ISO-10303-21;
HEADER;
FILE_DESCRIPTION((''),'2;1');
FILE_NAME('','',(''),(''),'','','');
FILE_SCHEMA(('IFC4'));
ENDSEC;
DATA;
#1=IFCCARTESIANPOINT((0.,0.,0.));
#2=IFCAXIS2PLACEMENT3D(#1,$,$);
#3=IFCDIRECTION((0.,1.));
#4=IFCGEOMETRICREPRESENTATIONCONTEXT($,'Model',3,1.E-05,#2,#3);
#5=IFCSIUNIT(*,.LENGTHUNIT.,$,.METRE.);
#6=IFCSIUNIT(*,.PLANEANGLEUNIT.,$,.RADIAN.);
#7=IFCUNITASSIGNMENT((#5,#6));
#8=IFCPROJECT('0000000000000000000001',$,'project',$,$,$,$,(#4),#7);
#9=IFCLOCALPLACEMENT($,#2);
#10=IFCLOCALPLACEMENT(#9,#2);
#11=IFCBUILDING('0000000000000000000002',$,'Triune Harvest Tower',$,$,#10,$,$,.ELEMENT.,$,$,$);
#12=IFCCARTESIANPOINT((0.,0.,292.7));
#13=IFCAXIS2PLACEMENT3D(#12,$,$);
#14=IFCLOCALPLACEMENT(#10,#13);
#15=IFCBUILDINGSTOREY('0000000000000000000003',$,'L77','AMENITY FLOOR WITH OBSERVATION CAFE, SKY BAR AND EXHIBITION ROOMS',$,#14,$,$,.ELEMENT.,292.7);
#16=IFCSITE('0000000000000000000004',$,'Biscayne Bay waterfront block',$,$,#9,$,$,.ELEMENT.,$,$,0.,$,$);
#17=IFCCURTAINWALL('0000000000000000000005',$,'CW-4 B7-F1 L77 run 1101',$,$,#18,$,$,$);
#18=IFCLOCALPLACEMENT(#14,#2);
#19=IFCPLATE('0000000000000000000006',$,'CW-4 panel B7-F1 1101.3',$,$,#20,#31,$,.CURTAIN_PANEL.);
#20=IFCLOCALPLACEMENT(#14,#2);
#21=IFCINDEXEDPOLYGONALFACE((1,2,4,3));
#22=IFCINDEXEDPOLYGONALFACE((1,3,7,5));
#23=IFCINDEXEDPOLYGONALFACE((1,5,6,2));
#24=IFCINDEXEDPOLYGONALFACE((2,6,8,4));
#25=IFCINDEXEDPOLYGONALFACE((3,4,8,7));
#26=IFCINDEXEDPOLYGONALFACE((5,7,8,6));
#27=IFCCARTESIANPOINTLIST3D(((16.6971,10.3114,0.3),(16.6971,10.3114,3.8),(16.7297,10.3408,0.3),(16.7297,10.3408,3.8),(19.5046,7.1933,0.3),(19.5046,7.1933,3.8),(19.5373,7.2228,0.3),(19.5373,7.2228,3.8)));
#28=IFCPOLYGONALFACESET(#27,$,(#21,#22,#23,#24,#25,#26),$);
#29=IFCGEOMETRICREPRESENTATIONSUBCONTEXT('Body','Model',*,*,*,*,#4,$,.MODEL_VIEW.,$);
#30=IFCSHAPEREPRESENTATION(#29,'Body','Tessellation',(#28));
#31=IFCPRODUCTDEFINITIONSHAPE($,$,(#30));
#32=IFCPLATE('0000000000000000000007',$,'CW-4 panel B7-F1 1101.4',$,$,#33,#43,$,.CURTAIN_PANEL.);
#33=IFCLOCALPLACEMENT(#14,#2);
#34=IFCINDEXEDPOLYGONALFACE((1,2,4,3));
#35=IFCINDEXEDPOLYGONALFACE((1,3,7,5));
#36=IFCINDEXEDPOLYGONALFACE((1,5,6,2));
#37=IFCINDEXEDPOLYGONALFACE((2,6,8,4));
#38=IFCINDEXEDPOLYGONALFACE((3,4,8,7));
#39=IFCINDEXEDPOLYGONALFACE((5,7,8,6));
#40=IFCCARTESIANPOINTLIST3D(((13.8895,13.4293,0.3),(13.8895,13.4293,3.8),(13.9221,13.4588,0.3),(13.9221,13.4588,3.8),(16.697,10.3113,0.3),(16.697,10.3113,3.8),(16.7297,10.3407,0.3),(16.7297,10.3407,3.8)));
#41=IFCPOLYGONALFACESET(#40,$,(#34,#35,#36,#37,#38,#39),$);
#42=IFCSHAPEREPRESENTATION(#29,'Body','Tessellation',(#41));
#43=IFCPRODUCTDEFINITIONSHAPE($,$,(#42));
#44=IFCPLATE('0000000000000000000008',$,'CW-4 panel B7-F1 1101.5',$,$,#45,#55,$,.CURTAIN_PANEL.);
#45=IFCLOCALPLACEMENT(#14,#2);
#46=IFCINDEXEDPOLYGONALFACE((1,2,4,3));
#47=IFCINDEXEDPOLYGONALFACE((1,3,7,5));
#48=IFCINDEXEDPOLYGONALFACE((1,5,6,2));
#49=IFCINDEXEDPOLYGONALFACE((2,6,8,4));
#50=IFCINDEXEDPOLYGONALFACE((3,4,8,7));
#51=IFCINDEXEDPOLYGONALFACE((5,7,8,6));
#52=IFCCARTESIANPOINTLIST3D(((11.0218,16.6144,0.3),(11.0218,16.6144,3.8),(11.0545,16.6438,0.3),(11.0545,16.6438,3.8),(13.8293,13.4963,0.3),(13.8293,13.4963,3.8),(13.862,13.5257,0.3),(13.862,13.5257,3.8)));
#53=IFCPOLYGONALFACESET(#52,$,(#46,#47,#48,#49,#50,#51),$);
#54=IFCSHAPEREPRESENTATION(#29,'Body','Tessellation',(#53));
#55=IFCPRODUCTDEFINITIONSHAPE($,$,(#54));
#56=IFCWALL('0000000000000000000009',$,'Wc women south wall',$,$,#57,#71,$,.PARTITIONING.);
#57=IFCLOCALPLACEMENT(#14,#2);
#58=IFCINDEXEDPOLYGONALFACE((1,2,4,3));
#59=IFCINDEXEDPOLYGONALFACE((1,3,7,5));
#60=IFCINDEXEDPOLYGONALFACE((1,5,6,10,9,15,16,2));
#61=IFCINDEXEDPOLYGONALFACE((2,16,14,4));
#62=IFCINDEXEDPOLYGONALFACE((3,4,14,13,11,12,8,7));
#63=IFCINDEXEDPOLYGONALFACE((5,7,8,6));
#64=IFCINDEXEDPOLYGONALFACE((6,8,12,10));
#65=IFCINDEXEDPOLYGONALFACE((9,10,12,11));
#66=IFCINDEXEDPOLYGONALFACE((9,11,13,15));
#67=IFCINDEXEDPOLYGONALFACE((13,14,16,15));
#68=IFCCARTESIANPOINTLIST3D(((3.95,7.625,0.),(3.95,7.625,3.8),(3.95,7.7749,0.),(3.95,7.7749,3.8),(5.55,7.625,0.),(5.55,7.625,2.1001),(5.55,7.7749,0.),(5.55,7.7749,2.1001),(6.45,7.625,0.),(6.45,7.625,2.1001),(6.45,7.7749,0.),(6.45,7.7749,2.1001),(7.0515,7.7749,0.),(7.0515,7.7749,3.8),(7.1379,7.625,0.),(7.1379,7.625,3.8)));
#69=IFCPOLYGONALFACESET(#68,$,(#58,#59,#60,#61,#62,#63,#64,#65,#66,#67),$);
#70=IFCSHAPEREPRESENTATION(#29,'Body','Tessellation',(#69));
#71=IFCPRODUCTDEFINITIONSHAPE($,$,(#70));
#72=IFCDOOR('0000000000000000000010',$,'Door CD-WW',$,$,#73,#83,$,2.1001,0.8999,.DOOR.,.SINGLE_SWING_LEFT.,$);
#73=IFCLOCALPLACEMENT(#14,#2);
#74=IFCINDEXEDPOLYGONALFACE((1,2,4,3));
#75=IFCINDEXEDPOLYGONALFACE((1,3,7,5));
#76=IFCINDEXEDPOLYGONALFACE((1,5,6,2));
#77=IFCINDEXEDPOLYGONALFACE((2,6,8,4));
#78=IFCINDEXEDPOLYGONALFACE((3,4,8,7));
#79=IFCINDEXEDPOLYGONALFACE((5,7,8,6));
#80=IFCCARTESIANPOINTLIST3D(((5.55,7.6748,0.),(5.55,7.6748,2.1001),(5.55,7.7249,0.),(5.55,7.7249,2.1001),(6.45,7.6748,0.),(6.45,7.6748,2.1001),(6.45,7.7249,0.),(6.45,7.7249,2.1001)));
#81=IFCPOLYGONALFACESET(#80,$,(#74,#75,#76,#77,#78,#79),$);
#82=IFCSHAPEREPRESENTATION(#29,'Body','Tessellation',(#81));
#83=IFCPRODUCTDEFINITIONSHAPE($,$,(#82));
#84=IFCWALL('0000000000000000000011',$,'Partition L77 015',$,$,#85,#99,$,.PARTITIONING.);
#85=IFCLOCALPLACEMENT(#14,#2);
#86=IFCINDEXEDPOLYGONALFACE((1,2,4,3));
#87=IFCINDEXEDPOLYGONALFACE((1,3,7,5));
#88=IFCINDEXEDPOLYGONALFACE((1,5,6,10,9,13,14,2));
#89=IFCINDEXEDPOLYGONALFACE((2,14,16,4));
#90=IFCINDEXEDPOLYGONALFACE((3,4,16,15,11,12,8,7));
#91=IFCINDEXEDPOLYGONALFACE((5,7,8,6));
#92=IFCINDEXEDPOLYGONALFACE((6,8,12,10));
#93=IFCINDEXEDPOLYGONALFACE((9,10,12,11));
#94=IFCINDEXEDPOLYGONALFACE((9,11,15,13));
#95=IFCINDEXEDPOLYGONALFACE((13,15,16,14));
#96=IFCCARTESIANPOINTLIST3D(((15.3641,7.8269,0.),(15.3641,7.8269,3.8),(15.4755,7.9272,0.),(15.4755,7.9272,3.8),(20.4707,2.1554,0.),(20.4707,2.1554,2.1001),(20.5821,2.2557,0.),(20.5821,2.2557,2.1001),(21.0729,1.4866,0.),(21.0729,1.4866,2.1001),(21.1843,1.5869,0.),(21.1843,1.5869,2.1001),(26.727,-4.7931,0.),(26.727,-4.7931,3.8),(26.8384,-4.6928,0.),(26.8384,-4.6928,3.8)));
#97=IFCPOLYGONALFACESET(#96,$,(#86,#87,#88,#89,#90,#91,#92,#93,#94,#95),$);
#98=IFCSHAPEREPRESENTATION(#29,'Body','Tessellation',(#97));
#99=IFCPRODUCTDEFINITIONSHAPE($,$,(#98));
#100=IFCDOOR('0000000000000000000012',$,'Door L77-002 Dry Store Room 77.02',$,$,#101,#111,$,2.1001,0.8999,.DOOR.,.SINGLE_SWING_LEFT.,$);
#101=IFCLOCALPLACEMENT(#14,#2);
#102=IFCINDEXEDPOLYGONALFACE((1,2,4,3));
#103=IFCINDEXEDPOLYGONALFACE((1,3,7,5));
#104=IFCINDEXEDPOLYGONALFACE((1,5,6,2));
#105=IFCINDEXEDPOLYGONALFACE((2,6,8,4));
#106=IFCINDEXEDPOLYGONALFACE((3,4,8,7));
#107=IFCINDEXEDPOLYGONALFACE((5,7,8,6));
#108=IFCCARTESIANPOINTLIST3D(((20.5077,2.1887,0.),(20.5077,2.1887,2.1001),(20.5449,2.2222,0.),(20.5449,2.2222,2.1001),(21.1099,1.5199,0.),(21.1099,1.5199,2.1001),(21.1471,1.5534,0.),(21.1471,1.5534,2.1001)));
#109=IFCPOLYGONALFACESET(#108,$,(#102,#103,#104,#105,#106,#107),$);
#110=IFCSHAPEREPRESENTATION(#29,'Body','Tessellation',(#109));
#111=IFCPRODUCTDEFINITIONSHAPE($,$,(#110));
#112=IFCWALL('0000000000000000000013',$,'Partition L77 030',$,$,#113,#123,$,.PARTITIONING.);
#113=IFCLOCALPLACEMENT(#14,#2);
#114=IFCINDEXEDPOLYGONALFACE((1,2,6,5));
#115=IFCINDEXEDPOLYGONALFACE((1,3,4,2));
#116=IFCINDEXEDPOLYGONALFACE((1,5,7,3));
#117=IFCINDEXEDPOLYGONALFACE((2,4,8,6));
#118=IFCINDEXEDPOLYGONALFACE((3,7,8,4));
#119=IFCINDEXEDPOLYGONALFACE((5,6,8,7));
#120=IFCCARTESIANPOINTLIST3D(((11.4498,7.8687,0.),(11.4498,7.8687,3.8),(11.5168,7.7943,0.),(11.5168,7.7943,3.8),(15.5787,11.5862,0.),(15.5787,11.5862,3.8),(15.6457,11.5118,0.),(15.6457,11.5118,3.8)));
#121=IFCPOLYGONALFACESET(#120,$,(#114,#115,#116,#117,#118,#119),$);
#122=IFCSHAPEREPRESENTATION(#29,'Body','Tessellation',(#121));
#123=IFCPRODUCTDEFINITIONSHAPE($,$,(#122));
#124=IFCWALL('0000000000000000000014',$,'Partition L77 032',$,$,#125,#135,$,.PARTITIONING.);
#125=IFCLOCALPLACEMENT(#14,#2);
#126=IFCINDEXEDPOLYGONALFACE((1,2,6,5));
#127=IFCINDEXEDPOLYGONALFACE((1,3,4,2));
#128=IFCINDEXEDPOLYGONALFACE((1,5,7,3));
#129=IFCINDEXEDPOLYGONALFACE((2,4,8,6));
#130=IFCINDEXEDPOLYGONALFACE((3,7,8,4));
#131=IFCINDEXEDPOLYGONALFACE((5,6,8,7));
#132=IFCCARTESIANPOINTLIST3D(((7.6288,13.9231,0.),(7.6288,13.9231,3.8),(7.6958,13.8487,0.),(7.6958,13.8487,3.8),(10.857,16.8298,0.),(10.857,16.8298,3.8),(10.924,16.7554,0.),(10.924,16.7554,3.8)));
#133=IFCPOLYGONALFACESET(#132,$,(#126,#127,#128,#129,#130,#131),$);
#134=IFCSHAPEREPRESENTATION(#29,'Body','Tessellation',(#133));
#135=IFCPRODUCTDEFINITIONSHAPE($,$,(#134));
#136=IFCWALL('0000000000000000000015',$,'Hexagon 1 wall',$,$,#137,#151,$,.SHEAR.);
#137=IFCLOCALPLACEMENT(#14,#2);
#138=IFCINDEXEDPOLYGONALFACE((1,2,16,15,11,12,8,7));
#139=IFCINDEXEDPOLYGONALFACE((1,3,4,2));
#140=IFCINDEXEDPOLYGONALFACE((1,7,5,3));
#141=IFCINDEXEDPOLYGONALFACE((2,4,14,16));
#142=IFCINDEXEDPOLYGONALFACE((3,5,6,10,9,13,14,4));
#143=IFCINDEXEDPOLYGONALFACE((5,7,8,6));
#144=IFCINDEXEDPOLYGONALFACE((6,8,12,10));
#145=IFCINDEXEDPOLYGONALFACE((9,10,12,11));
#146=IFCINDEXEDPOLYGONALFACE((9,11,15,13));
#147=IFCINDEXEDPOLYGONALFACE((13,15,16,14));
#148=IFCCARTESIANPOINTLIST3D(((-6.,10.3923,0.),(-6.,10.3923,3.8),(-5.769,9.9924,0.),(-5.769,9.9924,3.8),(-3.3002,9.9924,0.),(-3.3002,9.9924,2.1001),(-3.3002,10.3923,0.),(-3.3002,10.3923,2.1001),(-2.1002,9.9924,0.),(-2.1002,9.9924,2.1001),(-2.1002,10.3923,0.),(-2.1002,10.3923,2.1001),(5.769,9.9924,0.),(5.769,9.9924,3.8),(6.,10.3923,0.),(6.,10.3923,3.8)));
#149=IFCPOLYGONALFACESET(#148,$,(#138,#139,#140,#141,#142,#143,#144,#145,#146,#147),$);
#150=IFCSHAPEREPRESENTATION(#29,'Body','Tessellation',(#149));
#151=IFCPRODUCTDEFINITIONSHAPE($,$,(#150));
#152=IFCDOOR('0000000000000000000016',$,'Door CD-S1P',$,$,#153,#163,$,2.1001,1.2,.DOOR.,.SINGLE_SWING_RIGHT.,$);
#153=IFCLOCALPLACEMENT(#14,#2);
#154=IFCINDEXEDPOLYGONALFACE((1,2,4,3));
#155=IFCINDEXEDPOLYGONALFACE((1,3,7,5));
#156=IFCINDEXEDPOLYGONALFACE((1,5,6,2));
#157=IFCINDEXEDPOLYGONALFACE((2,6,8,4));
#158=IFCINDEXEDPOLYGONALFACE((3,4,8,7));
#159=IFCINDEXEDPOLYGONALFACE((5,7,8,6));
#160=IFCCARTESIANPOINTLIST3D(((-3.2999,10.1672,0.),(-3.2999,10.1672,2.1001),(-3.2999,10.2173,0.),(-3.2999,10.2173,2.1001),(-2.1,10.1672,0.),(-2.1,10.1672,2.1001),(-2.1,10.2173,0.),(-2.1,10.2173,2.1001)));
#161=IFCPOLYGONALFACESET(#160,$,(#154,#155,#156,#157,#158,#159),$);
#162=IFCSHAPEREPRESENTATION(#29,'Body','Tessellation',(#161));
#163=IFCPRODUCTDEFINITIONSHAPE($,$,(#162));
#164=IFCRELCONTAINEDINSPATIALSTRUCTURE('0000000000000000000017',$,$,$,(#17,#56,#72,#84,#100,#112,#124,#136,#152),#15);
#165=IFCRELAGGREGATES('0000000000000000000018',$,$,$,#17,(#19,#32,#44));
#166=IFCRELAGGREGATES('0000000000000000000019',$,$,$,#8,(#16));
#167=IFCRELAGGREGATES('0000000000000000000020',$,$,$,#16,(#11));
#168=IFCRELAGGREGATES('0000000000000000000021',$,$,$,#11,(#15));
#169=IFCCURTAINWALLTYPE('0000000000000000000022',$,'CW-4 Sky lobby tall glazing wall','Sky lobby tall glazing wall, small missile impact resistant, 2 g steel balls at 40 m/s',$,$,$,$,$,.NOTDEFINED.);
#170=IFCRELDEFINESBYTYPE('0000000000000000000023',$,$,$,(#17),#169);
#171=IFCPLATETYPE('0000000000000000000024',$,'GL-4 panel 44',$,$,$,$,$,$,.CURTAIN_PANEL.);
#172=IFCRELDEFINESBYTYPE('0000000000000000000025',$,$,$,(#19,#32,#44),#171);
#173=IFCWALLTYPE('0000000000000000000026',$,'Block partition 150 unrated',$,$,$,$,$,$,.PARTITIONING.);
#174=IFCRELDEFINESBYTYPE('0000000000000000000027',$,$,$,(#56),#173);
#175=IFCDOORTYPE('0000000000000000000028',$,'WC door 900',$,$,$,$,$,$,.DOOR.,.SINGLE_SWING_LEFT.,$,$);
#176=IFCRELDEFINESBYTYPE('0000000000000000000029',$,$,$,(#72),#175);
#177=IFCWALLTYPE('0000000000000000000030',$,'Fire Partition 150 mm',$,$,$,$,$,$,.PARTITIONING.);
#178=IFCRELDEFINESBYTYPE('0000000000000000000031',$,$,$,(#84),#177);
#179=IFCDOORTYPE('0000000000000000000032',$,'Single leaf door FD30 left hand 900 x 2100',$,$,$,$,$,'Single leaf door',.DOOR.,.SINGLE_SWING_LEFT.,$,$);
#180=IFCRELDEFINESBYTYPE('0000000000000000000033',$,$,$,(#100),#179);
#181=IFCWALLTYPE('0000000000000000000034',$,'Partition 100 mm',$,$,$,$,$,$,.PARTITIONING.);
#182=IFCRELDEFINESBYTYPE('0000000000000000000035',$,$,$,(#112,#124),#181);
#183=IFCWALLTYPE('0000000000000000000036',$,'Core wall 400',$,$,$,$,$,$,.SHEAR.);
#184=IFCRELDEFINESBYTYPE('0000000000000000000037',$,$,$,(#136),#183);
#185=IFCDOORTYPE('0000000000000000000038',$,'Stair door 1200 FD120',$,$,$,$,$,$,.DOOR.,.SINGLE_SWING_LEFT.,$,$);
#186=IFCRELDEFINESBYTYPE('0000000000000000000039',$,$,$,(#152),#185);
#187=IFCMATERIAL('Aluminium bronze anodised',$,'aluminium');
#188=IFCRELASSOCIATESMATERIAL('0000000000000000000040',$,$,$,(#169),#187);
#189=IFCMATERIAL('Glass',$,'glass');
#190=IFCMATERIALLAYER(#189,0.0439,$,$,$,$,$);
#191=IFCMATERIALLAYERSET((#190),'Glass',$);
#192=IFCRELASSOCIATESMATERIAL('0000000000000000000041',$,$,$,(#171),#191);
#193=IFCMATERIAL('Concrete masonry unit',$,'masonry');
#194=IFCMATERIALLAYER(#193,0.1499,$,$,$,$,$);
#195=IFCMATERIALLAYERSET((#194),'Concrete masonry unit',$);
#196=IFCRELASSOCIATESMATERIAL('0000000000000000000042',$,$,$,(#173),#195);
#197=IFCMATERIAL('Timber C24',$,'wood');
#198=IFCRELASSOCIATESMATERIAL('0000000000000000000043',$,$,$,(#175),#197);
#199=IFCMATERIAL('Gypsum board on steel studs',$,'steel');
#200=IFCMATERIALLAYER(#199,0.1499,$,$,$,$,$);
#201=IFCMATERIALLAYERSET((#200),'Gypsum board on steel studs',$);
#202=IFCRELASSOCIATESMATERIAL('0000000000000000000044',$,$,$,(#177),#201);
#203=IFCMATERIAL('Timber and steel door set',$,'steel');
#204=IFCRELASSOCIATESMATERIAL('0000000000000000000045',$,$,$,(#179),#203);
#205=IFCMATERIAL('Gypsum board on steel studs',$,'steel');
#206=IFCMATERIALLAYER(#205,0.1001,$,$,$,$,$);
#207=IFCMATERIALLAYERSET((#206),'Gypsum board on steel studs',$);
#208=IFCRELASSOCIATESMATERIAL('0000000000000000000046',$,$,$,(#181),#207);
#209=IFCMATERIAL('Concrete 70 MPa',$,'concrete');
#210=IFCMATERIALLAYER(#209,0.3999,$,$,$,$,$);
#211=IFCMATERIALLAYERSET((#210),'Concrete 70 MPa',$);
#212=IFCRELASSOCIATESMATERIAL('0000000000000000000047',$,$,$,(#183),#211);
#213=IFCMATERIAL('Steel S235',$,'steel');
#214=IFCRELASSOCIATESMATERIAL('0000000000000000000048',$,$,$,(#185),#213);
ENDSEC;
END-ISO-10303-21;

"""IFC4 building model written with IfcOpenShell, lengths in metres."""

from ifc_helpers import new_model, si_unit, direction, frame, frame_2d, origin, origin_2d, place, context, subcontext, project, spatial, polyline, rectangle, outline, extrude, source, transform, mapped, material, layer, layer_set, type_object, element, fill, aggregate, save


model = new_model("IFC4")

# Units and contexts
model_context = context("Model", 3, precision=1e-05, world=origin(), true_north=direction((0.0, 1.0)))
body_context = subcontext(model_context, "Body", "Model", "MODEL_VIEW")
ifc_project = project(units=[si_unit("LENGTHUNIT", "METRE"), si_unit("PLANEANGLEUNIT", "RADIAN")], contexts=[model_context])

# Site, building, storey
site_placement = place(None, origin())
site = spatial("IfcSite", under=ifc_project, at=site_placement, Name="Biscayne Bay waterfront block", CompositionType="ELEMENT", RefElevation=0.0)
building_placement = place(site_placement, origin())
building = spatial("IfcBuilding", under=site, at=building_placement, Name="Triune Harvest Tower", CompositionType="ELEMENT")
storey_placement = place(building_placement, frame((0.0, 0.0, 292.7)))
storey = spatial("IfcBuildingStorey", under=building, at=storey_placement, Name="L77", Description="AMENITY FLOOR WITH OBSERVATION CAFE, SKY BAR AND EXHIBITION ROOMS", CompositionType="ELEMENT", Elevation=292.7)

# Curtain wall, plates
ifc_material_1 = material(Name="Aluminium bronze anodised", Category="aluminium")
curtain_wall_type = type_object("IfcCurtainWallType", Name="CW-4 Sky lobby tall glazing wall", Description="Sky lobby tall glazing wall, small missile impact resistant, 2 g steel balls at 40 m/s", PredefinedType="NOTDEFINED", material=ifc_material_1)
curtain_wall_placement = place(storey_placement, origin())
curtain_wall = element("IfcCurtainWall", 1, at=curtain_wall_placement, inside=storey, type_object=curtain_wall_type, Name="CW-4 B7-F1 L77 run 1101")
ifc_material_2 = material(Name="Glass", Category="glass")
ifc_layer_1 = layer(ifc_material_2, 0.0439)
ifc_layer_set_1 = layer_set([ifc_layer_1], Name="Glass")
plate_type = type_object("IfcPlateType", Name="GL-4 panel 44", PredefinedType="CURTAIN_PANEL", material=ifc_layer_set_1)
shared_shape_1 = source(origin(), body_context, "Body", "SweptSolid", [
    extrude(rectangle(XDim=4.1958, YDim=0.0439, at=origin_2d()), origin(), (0.0, 0.0, 1.0), 3.5),
])
plate_1_placement = place(storey_placement, frame((18.1172, 8.7671, 0.3), z_axis=(0.0, 0.0, 1.0), x_axis=(-0.669132, 0.743143, 0.0)))
plate_1 = element("IfcPlate", 2, at=plate_1_placement, type_object=plate_type, Name="CW-4 panel B7-F1 1101.3", PredefinedType="CURTAIN_PANEL", context=body_context, shape_type="MappedRepresentation", body=[
    mapped(shared_shape_1, transform((0.0, 0.0, 0.0), scale=1.0)),
])
plate_2_placement = place(storey_placement, frame((15.3096, 11.885, 0.3), z_axis=(0.0, 0.0, 1.0), x_axis=(-0.669132, 0.743143, 0.0)))
plate_2 = element("IfcPlate", 3, at=plate_2_placement, type_object=plate_type, Name="CW-4 panel B7-F1 1101.4", PredefinedType="CURTAIN_PANEL", context=body_context, shape_type="MappedRepresentation", body=[
    mapped(shared_shape_1, transform((0.0, 0.0, 0.0), scale=1.0)),
])
plate_3_placement = place(storey_placement, frame((12.4419, 15.0701, 0.3), z_axis=(0.0, 0.0, 1.0), x_axis=(-0.669132, 0.743143, 0.0)))
plate_3 = element("IfcPlate", 4, at=plate_3_placement, type_object=plate_type, Name="CW-4 panel B7-F1 1101.5", PredefinedType="CURTAIN_PANEL", context=body_context, shape_type="MappedRepresentation", body=[
    mapped(shared_shape_1, transform((0.0, 0.0, 0.0), scale=1.0)),
])
aggregate(curtain_wall, [plate_1, plate_2, plate_3])

# Walls, openings, doors
ifc_material_3 = material(Name="Concrete masonry unit", Category="masonry")
ifc_layer_2 = layer(ifc_material_3, 0.1499)
ifc_layer_set_2 = layer_set([ifc_layer_2], Name="Concrete masonry unit")
wall_type_1 = type_object("IfcWallType", Name="Block partition 150 unrated", PredefinedType="PARTITIONING", material=ifc_layer_set_2)
wall_1_placement = place(storey_placement, frame((3.95, 7.7, 0.0), z_axis=(0.0, 0.0, 1.0), x_axis=(1.0, 0.0, 0.0)))
wall_1 = element("IfcWall", 5, at=wall_1_placement, inside=storey, type_object=wall_type_1, Name="Wc women south wall", PredefinedType="PARTITIONING", context=body_context, shape_type="SweptSolid", body=[
    extrude(outline(polyline([(0.0, -0.075), (0.0, 0.075), (3.1016, 0.075), (3.188, -0.075), (0.0, -0.075)])), origin(), (0.0, 0.0, 1.0), 3.8),
])
opening_1_placement = place(wall_1_placement, frame((1.6001, 0.0, 0.0)))
opening_1 = element("IfcOpeningElement", 6, at=opening_1_placement, cuts=wall_1, PredefinedType="OPENING", context=body_context, shape_type="SweptSolid", body=[
    extrude(rectangle(XDim=0.8999, YDim=2.1001, at=frame_2d((0.45, 1.05))), frame((0.0, 0.085, 0.0), z_axis=(0.0, -1.0, 0.0), x_axis=(1.0, 0.0, 0.0)), (0.0, 0.0, 1.0), 0.1699),
])
ifc_material_4 = material(Name="Timber C24", Category="wood")
door_type_1 = type_object("IfcDoorType", Name="WC door 900", OperationType="SINGLE_SWING_LEFT", PredefinedType="DOOR", material=ifc_material_4)
door_1_placement = place(opening_1_placement, origin())
door_1 = element("IfcDoor", 7, at=door_1_placement, inside=storey, type_object=door_type_1, Name="Door CD-WW", OperationType="SINGLE_SWING_LEFT", OverallHeight=2.1001, OverallWidth=0.8999, PredefinedType="DOOR", context=body_context, shape_type="SweptSolid", body=[
    extrude(rectangle(XDim=0.8999, YDim=2.1001, at=frame_2d((0.45, 1.05))), frame((0.0, 0.0249, 0.0), z_axis=(0.0, -1.0, 0.0), x_axis=(1.0, 0.0, 0.0)), (0.0, 0.0, 1.0), 0.05),
])
fill(opening_1, door_1)
ifc_material_5 = material(Name="Gypsum board on steel studs", Category="steel")
ifc_layer_3 = layer(ifc_material_5, 0.1499)
ifc_layer_set_3 = layer_set([ifc_layer_3], Name="Gypsum board on steel studs")
wall_type_2 = type_object("IfcWallType", Name="Fire Partition 150 mm", PredefinedType="PARTITIONING", material=ifc_layer_set_3)
wall_2_placement = place(storey_placement, frame((15.4199, 7.877, 0.0), z_axis=(0.0, 0.0, 1.0), x_axis=(0.669124, -0.74315, 0.0)))
wall_2 = element("IfcWall", 8, at=wall_2_placement, inside=storey, type_object=wall_type_2, Name="Partition L77 015", PredefinedType="PARTITIONING", context=body_context, shape_type="SweptSolid", body=[
    extrude(rectangle(XDim=16.9817, YDim=0.1499, at=frame_2d((8.4907, 0.0))), origin(), (0.0, 0.0, 1.0), 3.8),
])
opening_2_placement = place(wall_2_placement, frame((7.6316, 0.0, 0.0)))
opening_2 = element("IfcOpeningElement", 9, at=opening_2_placement, cuts=wall_2, PredefinedType="OPENING", context=body_context, shape_type="SweptSolid", body=[
    extrude(rectangle(XDim=0.8999, YDim=2.1001, at=frame_2d((0.45, 1.05))), frame((0.0, 0.085, 0.0), z_axis=(0.0, -1.0, 0.0), x_axis=(1.0, 0.0, 0.0)), (0.0, 0.0, 1.0), 0.1699),
])
ifc_material_6 = material(Name="Timber and steel door set", Category="steel")
door_type_2 = type_object("IfcDoorType", Name="Single leaf door FD30 left hand 900 x 2100", ElementType="Single leaf door", OperationType="SINGLE_SWING_LEFT", PredefinedType="DOOR", material=ifc_material_6)
door_2_placement = place(opening_2_placement, origin())
door_2 = element("IfcDoor", 10, at=door_2_placement, inside=storey, type_object=door_type_2, Name="Door L77-002 Dry Store Room 77.02", OperationType="SINGLE_SWING_LEFT", OverallHeight=2.1001, OverallWidth=0.8999, PredefinedType="DOOR", context=body_context, shape_type="SweptSolid", body=[
    extrude(rectangle(XDim=0.8999, YDim=2.1001, at=frame_2d((0.45, 1.05))), frame((0.0, 0.0249, 0.0), z_axis=(0.0, -1.0, 0.0), x_axis=(1.0, 0.0, 0.0)), (0.0, 0.0, 1.0), 0.05),
])
fill(opening_2, door_2)

# Walls
ifc_material_7 = material(Name="Gypsum board on steel studs", Category="steel")
ifc_layer_4 = layer(ifc_material_7, 0.1001)
ifc_layer_set_4 = layer_set([ifc_layer_4], Name="Gypsum board on steel studs")
wall_type_3 = type_object("IfcWallType", Name="Partition 100 mm", PredefinedType="PARTITIONING", material=ifc_layer_set_4)
wall_3_placement = place(storey_placement, frame((11.4834, 7.8315, 0.0), z_axis=(0.0, 0.0, 1.0), x_axis=(0.743159, 0.669115, 0.0)))
element("IfcWall", 11, at=wall_3_placement, inside=storey, type_object=wall_type_3, Name="Partition L77 030", PredefinedType="PARTITIONING", context=body_context, shape_type="SweptSolid", body=[
    extrude(rectangle(XDim=5.5559, YDim=0.1001, at=frame_2d((2.7778, 0.0))), origin(), (0.0, 0.0, 1.0), 3.8),
])
wall_4_placement = place(storey_placement, frame((7.6624, 13.886, 0.0), z_axis=(0.0, 0.0, 1.0), x_axis=(0.743146, 0.669129, 0.0)))
element("IfcWall", 12, at=wall_4_placement, inside=storey, type_object=wall_type_3, Name="Partition L77 032", PredefinedType="PARTITIONING", context=body_context, shape_type="SweptSolid", body=[
    extrude(rectangle(XDim=4.344, YDim=0.1001, at=frame_2d((2.1719, 0.0))), origin(), (0.0, 0.0, 1.0), 3.8),
])

# Wall, opening, door
ifc_material_8 = material(Name="Concrete 70 MPa", Category="concrete")
ifc_layer_5 = layer(ifc_material_8, 0.3999)
ifc_layer_set_5 = layer_set([ifc_layer_5], Name="Concrete 70 MPa")
wall_type_4 = type_object("IfcWallType", Name="Core wall 400", PredefinedType="SHEAR", material=ifc_layer_set_5)
shared_shape_2 = source(origin(), body_context, "Body", "SweptSolid", [
    extrude(outline(polyline([(-0.1155, -0.2), (11.8845, -0.2), (11.6536, 0.2), (0.1155, 0.2), (-0.1155, -0.2)])), origin(), (0.0, 0.0, 1.0), 3.8),
])
wall_5_placement = place(storey_placement, frame((5.8845, 10.1924, 0.0), z_axis=(0.0, 0.0, 1.0), x_axis=(-1.0, 0.0, 0.0)))
wall_5 = element("IfcWall", 13, at=wall_5_placement, inside=storey, type_object=wall_type_4, Name="Hexagon 1 wall", PredefinedType="SHEAR", context=body_context, shape_type="MappedRepresentation", body=[
    mapped(shared_shape_2, transform((0.0, 0.0, 0.0), scale=1.0)),
])
opening_3_placement = place(wall_5_placement, frame((7.9846, 0.0, 0.0)))
opening_3 = element("IfcOpeningElement", 14, at=opening_3_placement, cuts=wall_5, PredefinedType="OPENING", context=body_context, shape_type="SweptSolid", body=[
    extrude(rectangle(XDim=1.2, YDim=2.1001, at=frame_2d((0.6001, 1.05))), frame((0.0, 0.21, 0.0), z_axis=(0.0, -1.0, 0.0), x_axis=(1.0, 0.0, 0.0)), (0.0, 0.0, 1.0), 0.4199),
])
ifc_material_9 = material(Name="Steel S235", Category="steel")
door_type_3 = type_object("IfcDoorType", Name="Stair door 1200 FD120", OperationType="SINGLE_SWING_LEFT", PredefinedType="DOOR", material=ifc_material_9)
door_3_placement = place(opening_3_placement, frame((1.2, 0.0, 0.0), z_axis=(0.0, 0.0, 1.0), x_axis=(-1.0, 0.0, 0.0)))
door_3 = element("IfcDoor", 15, at=door_3_placement, inside=storey, type_object=door_type_3, Name="Door CD-S1P", OperationType="SINGLE_SWING_RIGHT", OverallHeight=2.1001, OverallWidth=1.2, PredefinedType="DOOR", context=body_context, shape_type="SweptSolid", body=[
    extrude(rectangle(XDim=1.2, YDim=2.1001, at=frame_2d((0.6001, 1.05))), frame((0.0, 0.0249, 0.0), z_axis=(0.0, -1.0, 0.0), x_axis=(1.0, 0.0, 0.0)), (0.0, 0.0, 1.0), 0.05),
])
fill(opening_3, door_3)

save(model, "model.ifc")
